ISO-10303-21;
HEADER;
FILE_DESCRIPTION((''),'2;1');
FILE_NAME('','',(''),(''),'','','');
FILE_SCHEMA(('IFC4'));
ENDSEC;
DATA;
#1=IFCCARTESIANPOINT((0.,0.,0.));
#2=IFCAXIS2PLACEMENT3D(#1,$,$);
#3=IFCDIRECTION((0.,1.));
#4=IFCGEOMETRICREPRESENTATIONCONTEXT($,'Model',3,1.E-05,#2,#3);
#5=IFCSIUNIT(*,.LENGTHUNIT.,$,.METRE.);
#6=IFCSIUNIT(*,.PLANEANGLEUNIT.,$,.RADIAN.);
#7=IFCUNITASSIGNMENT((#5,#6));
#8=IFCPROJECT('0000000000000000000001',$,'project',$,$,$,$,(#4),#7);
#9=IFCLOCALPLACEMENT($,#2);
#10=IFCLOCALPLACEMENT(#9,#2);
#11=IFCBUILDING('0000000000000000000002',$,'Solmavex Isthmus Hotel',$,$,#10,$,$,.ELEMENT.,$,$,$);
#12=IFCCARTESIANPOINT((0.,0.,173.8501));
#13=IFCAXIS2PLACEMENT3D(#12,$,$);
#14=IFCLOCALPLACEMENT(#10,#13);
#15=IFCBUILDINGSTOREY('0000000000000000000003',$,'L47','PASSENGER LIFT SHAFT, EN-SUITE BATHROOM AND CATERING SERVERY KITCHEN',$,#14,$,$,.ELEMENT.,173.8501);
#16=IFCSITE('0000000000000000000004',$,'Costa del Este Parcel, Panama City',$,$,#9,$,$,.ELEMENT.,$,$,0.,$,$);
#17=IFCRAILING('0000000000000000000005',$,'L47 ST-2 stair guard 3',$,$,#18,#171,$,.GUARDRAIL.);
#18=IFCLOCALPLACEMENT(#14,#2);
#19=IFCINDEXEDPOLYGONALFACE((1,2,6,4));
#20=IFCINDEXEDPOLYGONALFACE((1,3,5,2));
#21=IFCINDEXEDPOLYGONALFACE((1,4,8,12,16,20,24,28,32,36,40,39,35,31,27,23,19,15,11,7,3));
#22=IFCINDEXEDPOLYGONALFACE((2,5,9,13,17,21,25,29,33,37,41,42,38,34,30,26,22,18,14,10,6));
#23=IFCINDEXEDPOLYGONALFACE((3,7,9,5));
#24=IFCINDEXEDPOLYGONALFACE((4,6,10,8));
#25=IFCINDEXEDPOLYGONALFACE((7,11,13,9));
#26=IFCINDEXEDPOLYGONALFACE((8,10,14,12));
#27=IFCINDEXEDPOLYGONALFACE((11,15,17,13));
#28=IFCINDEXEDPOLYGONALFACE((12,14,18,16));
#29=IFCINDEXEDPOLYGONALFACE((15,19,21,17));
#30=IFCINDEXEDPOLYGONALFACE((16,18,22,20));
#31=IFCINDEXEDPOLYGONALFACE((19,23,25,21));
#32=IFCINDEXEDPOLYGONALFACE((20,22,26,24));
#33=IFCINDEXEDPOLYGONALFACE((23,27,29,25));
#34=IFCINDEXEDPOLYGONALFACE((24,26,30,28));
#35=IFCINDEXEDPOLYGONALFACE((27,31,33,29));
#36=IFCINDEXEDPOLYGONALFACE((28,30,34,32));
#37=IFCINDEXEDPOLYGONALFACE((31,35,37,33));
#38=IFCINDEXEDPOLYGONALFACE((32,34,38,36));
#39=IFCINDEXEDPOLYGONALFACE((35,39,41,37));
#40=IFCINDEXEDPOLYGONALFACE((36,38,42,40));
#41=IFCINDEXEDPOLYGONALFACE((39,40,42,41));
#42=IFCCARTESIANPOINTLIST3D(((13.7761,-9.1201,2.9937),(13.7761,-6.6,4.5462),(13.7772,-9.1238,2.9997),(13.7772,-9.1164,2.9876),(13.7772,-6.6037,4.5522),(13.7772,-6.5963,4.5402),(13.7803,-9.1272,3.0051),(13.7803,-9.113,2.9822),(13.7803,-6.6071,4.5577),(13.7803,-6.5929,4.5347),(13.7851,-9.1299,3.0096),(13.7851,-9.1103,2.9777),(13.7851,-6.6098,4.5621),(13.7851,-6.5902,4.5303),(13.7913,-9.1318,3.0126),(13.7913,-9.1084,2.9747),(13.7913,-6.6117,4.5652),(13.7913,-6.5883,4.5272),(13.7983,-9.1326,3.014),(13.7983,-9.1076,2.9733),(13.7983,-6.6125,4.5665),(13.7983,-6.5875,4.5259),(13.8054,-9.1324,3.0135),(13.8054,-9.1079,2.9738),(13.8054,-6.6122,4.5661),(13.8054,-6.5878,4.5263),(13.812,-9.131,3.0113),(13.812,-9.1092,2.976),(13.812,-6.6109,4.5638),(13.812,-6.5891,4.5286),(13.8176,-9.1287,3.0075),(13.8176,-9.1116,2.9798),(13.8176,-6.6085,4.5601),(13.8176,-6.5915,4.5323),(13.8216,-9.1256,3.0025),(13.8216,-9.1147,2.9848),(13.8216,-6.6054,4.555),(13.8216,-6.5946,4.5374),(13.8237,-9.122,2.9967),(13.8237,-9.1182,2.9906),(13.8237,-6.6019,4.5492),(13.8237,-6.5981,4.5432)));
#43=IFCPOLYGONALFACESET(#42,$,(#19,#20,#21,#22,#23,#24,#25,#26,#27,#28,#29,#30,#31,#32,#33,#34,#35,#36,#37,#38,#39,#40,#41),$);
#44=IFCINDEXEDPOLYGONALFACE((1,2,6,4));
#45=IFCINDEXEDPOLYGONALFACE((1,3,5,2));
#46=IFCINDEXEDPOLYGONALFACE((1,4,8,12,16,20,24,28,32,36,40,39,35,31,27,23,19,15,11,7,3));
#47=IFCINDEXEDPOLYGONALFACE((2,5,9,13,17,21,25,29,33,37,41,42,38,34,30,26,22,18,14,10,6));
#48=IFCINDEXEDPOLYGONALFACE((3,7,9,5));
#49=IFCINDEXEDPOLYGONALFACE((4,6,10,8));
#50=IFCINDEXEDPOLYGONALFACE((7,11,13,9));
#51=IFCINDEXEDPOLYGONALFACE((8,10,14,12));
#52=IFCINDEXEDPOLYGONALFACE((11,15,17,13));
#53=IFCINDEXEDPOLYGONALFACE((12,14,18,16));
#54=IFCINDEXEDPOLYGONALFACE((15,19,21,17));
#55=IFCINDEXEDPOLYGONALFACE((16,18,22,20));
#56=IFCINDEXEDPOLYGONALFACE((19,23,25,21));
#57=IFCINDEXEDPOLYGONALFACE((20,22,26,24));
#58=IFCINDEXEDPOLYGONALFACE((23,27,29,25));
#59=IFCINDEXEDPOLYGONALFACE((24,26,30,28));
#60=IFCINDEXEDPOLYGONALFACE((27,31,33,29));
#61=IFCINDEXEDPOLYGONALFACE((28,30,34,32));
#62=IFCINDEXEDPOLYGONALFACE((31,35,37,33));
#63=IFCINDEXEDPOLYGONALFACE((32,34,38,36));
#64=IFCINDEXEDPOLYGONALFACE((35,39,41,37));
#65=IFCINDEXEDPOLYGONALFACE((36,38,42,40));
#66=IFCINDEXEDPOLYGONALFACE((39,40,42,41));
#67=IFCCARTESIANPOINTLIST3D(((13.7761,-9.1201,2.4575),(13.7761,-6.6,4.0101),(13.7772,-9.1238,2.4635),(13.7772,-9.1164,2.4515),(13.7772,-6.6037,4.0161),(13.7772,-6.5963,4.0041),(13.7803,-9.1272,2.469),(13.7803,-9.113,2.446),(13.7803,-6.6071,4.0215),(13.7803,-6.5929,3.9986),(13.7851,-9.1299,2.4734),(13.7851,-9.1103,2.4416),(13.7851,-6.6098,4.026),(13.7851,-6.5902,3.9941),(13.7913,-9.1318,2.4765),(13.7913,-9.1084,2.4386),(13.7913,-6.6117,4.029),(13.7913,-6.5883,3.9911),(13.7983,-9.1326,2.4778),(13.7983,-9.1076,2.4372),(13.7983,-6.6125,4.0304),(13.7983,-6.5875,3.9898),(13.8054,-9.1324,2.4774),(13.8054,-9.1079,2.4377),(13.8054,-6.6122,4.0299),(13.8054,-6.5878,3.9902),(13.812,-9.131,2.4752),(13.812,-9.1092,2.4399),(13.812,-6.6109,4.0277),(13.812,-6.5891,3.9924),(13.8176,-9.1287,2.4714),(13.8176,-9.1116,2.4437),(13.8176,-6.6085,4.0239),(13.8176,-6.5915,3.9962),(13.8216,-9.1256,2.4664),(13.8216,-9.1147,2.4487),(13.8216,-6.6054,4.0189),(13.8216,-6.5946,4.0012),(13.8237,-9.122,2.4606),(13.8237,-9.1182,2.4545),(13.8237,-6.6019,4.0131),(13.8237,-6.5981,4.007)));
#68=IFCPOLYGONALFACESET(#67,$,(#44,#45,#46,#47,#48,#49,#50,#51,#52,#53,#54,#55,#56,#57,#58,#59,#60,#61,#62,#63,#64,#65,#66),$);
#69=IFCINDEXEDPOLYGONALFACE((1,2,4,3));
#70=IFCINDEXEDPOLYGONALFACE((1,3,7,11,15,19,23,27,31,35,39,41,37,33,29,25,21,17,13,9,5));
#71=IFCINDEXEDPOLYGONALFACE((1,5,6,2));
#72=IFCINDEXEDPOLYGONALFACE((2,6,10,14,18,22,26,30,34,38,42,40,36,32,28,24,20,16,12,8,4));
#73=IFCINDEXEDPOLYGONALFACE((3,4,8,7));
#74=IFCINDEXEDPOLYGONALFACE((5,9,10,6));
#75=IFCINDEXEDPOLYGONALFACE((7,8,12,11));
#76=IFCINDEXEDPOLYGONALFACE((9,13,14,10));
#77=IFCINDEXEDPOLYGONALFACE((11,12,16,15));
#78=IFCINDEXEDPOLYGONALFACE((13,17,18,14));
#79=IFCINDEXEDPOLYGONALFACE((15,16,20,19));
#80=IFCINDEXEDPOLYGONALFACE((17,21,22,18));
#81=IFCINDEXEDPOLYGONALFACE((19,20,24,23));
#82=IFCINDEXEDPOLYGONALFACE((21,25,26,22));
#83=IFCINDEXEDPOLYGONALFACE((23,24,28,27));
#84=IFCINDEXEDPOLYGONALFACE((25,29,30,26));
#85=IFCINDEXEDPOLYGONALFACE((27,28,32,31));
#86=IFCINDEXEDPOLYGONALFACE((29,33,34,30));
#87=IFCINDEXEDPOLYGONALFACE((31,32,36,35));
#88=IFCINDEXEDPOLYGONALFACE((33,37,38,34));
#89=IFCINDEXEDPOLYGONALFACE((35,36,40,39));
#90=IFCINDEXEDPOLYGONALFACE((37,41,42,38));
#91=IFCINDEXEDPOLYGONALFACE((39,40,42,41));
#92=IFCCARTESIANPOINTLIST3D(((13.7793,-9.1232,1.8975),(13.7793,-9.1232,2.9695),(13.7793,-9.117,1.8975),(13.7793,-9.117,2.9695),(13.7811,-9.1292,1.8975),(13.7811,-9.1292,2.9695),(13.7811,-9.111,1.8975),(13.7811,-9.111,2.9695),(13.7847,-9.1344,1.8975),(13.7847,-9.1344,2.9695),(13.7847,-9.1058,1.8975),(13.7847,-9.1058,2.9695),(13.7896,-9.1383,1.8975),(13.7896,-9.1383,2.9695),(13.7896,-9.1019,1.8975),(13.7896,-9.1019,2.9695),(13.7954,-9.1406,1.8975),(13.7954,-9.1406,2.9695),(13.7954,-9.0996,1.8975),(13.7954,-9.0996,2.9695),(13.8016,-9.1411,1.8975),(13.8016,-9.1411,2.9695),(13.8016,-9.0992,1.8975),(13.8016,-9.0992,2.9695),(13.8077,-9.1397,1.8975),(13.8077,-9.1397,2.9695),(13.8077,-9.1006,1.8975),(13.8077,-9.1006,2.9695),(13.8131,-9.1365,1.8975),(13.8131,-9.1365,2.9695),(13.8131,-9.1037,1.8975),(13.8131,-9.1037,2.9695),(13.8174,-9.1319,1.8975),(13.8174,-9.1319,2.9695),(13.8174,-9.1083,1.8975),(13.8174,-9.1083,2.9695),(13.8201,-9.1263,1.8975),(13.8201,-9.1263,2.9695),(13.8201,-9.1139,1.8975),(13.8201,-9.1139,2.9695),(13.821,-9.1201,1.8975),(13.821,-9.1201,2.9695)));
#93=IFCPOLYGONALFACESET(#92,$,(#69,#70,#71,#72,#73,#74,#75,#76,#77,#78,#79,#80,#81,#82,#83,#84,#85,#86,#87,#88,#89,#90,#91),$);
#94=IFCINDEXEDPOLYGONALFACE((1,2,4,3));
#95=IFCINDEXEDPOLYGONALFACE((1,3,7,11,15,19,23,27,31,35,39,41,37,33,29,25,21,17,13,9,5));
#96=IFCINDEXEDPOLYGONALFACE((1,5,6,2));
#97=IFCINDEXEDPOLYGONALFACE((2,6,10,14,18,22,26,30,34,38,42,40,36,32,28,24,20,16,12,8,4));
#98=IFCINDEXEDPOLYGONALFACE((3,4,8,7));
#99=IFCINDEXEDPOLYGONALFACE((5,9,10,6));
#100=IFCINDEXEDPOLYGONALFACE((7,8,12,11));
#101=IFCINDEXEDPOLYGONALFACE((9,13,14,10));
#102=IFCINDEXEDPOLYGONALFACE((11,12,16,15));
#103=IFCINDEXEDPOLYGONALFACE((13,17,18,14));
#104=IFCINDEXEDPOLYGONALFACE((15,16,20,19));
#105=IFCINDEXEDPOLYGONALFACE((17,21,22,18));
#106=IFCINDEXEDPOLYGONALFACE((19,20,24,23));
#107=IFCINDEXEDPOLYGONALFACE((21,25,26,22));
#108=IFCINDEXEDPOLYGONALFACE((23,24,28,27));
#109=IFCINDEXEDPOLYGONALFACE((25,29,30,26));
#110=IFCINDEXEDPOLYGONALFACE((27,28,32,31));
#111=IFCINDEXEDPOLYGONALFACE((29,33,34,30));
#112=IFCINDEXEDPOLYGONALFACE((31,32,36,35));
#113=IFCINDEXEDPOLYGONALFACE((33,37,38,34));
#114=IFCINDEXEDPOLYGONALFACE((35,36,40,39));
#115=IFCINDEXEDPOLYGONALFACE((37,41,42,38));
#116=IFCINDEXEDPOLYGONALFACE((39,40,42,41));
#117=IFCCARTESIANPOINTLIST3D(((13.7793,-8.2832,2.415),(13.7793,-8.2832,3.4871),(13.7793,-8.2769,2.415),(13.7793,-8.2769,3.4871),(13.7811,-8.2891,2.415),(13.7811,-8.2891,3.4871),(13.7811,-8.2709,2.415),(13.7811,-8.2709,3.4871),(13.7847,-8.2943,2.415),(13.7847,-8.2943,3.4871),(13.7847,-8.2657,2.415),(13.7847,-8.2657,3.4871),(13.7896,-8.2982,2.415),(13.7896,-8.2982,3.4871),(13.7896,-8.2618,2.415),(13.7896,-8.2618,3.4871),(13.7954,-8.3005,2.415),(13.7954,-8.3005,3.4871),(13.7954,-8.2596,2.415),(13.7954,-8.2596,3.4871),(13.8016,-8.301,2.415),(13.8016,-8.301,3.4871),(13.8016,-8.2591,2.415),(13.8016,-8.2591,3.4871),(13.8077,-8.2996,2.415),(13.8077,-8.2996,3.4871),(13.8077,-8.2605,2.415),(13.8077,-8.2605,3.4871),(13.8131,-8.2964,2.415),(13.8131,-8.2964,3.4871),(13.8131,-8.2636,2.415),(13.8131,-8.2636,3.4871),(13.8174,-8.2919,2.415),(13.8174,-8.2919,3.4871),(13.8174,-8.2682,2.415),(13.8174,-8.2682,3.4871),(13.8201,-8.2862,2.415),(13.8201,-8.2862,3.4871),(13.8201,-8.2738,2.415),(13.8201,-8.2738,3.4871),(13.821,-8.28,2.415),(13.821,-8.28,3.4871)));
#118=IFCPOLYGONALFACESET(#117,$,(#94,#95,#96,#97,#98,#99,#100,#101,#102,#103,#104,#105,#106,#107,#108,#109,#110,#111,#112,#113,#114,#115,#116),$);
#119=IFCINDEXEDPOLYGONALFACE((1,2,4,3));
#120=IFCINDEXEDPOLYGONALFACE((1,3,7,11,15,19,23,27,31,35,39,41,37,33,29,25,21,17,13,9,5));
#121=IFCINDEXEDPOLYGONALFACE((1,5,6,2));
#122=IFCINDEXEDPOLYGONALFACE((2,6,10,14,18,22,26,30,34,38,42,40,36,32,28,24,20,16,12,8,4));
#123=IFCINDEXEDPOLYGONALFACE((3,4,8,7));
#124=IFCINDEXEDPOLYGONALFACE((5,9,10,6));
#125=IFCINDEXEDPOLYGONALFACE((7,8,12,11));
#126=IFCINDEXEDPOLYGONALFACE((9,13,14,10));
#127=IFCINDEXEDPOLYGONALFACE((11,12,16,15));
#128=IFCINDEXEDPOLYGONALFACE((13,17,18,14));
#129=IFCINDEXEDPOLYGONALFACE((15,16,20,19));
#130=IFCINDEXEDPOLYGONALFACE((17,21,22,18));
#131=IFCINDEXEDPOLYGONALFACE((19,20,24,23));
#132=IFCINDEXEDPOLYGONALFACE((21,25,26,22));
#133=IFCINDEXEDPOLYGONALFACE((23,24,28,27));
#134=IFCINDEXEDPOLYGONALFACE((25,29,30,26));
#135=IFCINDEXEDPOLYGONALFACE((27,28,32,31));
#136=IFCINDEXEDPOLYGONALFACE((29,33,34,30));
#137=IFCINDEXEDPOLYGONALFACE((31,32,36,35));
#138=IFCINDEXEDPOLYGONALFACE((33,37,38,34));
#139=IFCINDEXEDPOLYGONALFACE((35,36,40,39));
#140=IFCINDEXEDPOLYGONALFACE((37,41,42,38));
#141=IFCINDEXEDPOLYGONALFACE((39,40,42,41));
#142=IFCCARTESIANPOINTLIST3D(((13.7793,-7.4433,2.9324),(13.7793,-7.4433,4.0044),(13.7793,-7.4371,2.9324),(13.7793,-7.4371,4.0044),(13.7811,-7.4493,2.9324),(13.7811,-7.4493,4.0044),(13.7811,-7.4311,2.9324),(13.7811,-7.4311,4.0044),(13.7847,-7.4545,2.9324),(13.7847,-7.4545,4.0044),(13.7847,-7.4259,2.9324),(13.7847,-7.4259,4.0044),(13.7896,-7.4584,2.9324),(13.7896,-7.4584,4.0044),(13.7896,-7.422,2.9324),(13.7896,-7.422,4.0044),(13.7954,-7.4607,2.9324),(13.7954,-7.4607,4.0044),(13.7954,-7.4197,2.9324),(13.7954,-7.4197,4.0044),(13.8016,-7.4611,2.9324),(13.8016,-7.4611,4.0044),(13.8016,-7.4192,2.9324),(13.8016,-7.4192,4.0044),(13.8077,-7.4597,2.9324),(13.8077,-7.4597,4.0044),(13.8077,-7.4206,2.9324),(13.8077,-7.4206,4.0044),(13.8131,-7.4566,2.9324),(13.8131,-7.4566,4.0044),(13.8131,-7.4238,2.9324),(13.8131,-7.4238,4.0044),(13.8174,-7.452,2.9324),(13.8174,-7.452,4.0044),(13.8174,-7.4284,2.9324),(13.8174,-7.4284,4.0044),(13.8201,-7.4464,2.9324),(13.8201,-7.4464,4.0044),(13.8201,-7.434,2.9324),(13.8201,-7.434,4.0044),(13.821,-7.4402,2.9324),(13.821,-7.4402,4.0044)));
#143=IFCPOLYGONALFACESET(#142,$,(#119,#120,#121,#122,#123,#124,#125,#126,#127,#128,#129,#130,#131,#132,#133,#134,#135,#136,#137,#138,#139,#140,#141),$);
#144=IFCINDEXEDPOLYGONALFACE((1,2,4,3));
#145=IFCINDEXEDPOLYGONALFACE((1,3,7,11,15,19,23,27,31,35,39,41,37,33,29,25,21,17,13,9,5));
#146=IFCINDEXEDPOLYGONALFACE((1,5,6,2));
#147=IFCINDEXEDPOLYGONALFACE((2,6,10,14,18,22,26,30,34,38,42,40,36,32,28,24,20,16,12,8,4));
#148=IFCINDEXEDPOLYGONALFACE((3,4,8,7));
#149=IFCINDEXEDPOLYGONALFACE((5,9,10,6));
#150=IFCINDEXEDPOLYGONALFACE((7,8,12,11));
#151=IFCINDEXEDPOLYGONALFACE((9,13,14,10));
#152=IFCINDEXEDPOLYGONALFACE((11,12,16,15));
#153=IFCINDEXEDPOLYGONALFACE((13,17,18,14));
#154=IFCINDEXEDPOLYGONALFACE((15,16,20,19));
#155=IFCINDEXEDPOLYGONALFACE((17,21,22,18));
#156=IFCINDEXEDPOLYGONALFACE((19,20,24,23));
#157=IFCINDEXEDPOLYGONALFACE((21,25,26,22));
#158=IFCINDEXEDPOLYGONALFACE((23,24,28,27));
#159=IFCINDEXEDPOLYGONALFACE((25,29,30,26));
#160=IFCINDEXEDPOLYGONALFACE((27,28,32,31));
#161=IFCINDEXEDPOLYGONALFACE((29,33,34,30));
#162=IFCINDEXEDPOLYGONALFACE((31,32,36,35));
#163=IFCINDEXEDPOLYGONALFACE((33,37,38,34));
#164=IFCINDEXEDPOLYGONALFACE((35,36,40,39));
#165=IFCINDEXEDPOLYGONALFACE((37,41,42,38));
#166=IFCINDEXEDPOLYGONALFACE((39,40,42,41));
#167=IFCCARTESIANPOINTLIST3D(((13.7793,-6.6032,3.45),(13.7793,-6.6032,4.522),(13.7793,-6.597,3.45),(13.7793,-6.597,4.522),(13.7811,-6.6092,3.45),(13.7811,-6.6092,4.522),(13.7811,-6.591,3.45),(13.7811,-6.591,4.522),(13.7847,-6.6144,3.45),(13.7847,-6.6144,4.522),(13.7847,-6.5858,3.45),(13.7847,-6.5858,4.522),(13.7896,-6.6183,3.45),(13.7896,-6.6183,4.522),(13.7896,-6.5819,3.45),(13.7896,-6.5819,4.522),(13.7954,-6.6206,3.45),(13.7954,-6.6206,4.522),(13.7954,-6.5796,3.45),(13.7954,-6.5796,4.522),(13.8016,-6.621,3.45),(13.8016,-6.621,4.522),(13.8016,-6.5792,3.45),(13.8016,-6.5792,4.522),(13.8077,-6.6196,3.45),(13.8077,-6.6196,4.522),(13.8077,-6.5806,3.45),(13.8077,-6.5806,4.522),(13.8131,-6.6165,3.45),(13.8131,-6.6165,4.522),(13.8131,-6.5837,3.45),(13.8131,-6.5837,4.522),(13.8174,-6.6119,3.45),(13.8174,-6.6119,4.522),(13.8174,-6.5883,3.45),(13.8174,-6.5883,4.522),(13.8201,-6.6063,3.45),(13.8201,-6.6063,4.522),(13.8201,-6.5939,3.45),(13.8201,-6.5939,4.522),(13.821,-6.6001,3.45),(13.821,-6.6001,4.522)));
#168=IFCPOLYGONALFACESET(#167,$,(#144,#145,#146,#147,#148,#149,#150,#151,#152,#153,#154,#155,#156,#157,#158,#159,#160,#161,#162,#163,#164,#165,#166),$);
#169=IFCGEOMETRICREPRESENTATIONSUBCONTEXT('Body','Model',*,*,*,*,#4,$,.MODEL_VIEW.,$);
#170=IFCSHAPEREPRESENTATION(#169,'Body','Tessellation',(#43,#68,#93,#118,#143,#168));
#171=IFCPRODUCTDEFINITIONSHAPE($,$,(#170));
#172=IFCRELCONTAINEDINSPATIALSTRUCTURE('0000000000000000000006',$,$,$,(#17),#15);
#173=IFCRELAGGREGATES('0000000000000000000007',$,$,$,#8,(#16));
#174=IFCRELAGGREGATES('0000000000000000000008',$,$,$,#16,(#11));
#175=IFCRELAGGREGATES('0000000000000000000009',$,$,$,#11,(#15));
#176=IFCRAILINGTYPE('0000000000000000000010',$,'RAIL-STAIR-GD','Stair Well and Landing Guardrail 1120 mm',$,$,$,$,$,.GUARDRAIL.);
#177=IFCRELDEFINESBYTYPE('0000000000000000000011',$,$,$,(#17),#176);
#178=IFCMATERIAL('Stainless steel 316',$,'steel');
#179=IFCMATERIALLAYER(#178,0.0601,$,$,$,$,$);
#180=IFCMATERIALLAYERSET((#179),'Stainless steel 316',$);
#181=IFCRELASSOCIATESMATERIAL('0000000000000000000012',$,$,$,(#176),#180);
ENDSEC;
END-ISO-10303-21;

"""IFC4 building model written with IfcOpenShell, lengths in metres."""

from ifc_helpers import new_model, si_unit, direction, frame, origin, origin_2d, place, context, subcontext, project, spatial, circle, extrude, material, layer, layer_set, type_object, element, save


model = new_model("IFC4")

# Units and contexts
model_context = context("Model", 3, precision=1e-05, world=origin(), true_north=direction((0.0, 1.0)))
body_context = subcontext(model_context, "Body", "Model", "MODEL_VIEW")
ifc_project = project(units=[si_unit("LENGTHUNIT", "METRE"), si_unit("PLANEANGLEUNIT", "RADIAN")], contexts=[model_context])

# Site, building, storey
site_placement = place(None, origin())
site = spatial("IfcSite", under=ifc_project, at=site_placement, Name="Costa del Este Parcel, Panama City", CompositionType="ELEMENT", RefElevation=0.0)
building_placement = place(site_placement, origin())
building = spatial("IfcBuilding", under=site, at=building_placement, Name="Solmavex Isthmus Hotel", CompositionType="ELEMENT")
storey_placement = place(building_placement, frame((0.0, 0.0, 173.8501)))
storey = spatial("IfcBuildingStorey", under=building, at=storey_placement, Name="L47", Description="PASSENGER LIFT SHAFT, EN-SUITE BATHROOM AND CATERING SERVERY KITCHEN", CompositionType="ELEMENT", Elevation=173.8501)

# Shared definitions
ifc_material_1 = material(Name="Stainless steel 316", Category="steel")

# Railing
ifc_layer_1 = layer(ifc_material_1, 0.0601)
ifc_layer_set_1 = layer_set([ifc_layer_1], Name="Stainless steel 316")
railing_type_1 = type_object("IfcRailingType", Name="RAIL-STAIR-GD", Description="Stair Well and Landing Guardrail 1120 mm", PredefinedType="GUARDRAIL", material=ifc_layer_set_1)
railing_1_placement = place(storey_placement, frame((13.8, -9.1201, 1.8975)))
element("IfcRailing", 1, at=railing_1_placement, inside=storey, type_object=railing_type_1, Name="L47 ST-2 stair guard 3", PredefinedType="GUARDRAIL", context=body_context, shape_type="SweptSolid", body=[
    extrude(circle(Radius=0.0239, at=origin_2d()), frame((0.0, 0.0, 1.0962), z_axis=(0.0, 0.8514, 0.524516), x_axis=(-1.0, 0.0, 0.0)), (0.0, 0.0, 1.0), 2.96),
    extrude(circle(Radius=0.0239, at=origin_2d()), frame((0.0, 0.0, 0.5601), z_axis=(0.0, 0.8514, 0.524516), x_axis=(-1.0, 0.0, 0.0)), (0.0, 0.0, 1.0), 2.96),
    extrude(circle(Radius=0.021, at=origin_2d()), origin(), (0.0, 0.0, 1.0), 1.072),
    extrude(circle(Radius=0.021, at=origin_2d()), frame((0.0, 0.8401, 0.5176)), (0.0, 0.0, 1.0), 1.072),
    extrude(circle(Radius=0.021, at=origin_2d()), frame((0.0, 1.6799, 1.0349)), (0.0, 0.0, 1.0), 1.072),
    extrude(circle(Radius=0.021, at=origin_2d()), frame((0.0, 2.52, 1.5525)), (0.0, 0.0, 1.0), 1.072),
])

save(model, "model.ifc")
